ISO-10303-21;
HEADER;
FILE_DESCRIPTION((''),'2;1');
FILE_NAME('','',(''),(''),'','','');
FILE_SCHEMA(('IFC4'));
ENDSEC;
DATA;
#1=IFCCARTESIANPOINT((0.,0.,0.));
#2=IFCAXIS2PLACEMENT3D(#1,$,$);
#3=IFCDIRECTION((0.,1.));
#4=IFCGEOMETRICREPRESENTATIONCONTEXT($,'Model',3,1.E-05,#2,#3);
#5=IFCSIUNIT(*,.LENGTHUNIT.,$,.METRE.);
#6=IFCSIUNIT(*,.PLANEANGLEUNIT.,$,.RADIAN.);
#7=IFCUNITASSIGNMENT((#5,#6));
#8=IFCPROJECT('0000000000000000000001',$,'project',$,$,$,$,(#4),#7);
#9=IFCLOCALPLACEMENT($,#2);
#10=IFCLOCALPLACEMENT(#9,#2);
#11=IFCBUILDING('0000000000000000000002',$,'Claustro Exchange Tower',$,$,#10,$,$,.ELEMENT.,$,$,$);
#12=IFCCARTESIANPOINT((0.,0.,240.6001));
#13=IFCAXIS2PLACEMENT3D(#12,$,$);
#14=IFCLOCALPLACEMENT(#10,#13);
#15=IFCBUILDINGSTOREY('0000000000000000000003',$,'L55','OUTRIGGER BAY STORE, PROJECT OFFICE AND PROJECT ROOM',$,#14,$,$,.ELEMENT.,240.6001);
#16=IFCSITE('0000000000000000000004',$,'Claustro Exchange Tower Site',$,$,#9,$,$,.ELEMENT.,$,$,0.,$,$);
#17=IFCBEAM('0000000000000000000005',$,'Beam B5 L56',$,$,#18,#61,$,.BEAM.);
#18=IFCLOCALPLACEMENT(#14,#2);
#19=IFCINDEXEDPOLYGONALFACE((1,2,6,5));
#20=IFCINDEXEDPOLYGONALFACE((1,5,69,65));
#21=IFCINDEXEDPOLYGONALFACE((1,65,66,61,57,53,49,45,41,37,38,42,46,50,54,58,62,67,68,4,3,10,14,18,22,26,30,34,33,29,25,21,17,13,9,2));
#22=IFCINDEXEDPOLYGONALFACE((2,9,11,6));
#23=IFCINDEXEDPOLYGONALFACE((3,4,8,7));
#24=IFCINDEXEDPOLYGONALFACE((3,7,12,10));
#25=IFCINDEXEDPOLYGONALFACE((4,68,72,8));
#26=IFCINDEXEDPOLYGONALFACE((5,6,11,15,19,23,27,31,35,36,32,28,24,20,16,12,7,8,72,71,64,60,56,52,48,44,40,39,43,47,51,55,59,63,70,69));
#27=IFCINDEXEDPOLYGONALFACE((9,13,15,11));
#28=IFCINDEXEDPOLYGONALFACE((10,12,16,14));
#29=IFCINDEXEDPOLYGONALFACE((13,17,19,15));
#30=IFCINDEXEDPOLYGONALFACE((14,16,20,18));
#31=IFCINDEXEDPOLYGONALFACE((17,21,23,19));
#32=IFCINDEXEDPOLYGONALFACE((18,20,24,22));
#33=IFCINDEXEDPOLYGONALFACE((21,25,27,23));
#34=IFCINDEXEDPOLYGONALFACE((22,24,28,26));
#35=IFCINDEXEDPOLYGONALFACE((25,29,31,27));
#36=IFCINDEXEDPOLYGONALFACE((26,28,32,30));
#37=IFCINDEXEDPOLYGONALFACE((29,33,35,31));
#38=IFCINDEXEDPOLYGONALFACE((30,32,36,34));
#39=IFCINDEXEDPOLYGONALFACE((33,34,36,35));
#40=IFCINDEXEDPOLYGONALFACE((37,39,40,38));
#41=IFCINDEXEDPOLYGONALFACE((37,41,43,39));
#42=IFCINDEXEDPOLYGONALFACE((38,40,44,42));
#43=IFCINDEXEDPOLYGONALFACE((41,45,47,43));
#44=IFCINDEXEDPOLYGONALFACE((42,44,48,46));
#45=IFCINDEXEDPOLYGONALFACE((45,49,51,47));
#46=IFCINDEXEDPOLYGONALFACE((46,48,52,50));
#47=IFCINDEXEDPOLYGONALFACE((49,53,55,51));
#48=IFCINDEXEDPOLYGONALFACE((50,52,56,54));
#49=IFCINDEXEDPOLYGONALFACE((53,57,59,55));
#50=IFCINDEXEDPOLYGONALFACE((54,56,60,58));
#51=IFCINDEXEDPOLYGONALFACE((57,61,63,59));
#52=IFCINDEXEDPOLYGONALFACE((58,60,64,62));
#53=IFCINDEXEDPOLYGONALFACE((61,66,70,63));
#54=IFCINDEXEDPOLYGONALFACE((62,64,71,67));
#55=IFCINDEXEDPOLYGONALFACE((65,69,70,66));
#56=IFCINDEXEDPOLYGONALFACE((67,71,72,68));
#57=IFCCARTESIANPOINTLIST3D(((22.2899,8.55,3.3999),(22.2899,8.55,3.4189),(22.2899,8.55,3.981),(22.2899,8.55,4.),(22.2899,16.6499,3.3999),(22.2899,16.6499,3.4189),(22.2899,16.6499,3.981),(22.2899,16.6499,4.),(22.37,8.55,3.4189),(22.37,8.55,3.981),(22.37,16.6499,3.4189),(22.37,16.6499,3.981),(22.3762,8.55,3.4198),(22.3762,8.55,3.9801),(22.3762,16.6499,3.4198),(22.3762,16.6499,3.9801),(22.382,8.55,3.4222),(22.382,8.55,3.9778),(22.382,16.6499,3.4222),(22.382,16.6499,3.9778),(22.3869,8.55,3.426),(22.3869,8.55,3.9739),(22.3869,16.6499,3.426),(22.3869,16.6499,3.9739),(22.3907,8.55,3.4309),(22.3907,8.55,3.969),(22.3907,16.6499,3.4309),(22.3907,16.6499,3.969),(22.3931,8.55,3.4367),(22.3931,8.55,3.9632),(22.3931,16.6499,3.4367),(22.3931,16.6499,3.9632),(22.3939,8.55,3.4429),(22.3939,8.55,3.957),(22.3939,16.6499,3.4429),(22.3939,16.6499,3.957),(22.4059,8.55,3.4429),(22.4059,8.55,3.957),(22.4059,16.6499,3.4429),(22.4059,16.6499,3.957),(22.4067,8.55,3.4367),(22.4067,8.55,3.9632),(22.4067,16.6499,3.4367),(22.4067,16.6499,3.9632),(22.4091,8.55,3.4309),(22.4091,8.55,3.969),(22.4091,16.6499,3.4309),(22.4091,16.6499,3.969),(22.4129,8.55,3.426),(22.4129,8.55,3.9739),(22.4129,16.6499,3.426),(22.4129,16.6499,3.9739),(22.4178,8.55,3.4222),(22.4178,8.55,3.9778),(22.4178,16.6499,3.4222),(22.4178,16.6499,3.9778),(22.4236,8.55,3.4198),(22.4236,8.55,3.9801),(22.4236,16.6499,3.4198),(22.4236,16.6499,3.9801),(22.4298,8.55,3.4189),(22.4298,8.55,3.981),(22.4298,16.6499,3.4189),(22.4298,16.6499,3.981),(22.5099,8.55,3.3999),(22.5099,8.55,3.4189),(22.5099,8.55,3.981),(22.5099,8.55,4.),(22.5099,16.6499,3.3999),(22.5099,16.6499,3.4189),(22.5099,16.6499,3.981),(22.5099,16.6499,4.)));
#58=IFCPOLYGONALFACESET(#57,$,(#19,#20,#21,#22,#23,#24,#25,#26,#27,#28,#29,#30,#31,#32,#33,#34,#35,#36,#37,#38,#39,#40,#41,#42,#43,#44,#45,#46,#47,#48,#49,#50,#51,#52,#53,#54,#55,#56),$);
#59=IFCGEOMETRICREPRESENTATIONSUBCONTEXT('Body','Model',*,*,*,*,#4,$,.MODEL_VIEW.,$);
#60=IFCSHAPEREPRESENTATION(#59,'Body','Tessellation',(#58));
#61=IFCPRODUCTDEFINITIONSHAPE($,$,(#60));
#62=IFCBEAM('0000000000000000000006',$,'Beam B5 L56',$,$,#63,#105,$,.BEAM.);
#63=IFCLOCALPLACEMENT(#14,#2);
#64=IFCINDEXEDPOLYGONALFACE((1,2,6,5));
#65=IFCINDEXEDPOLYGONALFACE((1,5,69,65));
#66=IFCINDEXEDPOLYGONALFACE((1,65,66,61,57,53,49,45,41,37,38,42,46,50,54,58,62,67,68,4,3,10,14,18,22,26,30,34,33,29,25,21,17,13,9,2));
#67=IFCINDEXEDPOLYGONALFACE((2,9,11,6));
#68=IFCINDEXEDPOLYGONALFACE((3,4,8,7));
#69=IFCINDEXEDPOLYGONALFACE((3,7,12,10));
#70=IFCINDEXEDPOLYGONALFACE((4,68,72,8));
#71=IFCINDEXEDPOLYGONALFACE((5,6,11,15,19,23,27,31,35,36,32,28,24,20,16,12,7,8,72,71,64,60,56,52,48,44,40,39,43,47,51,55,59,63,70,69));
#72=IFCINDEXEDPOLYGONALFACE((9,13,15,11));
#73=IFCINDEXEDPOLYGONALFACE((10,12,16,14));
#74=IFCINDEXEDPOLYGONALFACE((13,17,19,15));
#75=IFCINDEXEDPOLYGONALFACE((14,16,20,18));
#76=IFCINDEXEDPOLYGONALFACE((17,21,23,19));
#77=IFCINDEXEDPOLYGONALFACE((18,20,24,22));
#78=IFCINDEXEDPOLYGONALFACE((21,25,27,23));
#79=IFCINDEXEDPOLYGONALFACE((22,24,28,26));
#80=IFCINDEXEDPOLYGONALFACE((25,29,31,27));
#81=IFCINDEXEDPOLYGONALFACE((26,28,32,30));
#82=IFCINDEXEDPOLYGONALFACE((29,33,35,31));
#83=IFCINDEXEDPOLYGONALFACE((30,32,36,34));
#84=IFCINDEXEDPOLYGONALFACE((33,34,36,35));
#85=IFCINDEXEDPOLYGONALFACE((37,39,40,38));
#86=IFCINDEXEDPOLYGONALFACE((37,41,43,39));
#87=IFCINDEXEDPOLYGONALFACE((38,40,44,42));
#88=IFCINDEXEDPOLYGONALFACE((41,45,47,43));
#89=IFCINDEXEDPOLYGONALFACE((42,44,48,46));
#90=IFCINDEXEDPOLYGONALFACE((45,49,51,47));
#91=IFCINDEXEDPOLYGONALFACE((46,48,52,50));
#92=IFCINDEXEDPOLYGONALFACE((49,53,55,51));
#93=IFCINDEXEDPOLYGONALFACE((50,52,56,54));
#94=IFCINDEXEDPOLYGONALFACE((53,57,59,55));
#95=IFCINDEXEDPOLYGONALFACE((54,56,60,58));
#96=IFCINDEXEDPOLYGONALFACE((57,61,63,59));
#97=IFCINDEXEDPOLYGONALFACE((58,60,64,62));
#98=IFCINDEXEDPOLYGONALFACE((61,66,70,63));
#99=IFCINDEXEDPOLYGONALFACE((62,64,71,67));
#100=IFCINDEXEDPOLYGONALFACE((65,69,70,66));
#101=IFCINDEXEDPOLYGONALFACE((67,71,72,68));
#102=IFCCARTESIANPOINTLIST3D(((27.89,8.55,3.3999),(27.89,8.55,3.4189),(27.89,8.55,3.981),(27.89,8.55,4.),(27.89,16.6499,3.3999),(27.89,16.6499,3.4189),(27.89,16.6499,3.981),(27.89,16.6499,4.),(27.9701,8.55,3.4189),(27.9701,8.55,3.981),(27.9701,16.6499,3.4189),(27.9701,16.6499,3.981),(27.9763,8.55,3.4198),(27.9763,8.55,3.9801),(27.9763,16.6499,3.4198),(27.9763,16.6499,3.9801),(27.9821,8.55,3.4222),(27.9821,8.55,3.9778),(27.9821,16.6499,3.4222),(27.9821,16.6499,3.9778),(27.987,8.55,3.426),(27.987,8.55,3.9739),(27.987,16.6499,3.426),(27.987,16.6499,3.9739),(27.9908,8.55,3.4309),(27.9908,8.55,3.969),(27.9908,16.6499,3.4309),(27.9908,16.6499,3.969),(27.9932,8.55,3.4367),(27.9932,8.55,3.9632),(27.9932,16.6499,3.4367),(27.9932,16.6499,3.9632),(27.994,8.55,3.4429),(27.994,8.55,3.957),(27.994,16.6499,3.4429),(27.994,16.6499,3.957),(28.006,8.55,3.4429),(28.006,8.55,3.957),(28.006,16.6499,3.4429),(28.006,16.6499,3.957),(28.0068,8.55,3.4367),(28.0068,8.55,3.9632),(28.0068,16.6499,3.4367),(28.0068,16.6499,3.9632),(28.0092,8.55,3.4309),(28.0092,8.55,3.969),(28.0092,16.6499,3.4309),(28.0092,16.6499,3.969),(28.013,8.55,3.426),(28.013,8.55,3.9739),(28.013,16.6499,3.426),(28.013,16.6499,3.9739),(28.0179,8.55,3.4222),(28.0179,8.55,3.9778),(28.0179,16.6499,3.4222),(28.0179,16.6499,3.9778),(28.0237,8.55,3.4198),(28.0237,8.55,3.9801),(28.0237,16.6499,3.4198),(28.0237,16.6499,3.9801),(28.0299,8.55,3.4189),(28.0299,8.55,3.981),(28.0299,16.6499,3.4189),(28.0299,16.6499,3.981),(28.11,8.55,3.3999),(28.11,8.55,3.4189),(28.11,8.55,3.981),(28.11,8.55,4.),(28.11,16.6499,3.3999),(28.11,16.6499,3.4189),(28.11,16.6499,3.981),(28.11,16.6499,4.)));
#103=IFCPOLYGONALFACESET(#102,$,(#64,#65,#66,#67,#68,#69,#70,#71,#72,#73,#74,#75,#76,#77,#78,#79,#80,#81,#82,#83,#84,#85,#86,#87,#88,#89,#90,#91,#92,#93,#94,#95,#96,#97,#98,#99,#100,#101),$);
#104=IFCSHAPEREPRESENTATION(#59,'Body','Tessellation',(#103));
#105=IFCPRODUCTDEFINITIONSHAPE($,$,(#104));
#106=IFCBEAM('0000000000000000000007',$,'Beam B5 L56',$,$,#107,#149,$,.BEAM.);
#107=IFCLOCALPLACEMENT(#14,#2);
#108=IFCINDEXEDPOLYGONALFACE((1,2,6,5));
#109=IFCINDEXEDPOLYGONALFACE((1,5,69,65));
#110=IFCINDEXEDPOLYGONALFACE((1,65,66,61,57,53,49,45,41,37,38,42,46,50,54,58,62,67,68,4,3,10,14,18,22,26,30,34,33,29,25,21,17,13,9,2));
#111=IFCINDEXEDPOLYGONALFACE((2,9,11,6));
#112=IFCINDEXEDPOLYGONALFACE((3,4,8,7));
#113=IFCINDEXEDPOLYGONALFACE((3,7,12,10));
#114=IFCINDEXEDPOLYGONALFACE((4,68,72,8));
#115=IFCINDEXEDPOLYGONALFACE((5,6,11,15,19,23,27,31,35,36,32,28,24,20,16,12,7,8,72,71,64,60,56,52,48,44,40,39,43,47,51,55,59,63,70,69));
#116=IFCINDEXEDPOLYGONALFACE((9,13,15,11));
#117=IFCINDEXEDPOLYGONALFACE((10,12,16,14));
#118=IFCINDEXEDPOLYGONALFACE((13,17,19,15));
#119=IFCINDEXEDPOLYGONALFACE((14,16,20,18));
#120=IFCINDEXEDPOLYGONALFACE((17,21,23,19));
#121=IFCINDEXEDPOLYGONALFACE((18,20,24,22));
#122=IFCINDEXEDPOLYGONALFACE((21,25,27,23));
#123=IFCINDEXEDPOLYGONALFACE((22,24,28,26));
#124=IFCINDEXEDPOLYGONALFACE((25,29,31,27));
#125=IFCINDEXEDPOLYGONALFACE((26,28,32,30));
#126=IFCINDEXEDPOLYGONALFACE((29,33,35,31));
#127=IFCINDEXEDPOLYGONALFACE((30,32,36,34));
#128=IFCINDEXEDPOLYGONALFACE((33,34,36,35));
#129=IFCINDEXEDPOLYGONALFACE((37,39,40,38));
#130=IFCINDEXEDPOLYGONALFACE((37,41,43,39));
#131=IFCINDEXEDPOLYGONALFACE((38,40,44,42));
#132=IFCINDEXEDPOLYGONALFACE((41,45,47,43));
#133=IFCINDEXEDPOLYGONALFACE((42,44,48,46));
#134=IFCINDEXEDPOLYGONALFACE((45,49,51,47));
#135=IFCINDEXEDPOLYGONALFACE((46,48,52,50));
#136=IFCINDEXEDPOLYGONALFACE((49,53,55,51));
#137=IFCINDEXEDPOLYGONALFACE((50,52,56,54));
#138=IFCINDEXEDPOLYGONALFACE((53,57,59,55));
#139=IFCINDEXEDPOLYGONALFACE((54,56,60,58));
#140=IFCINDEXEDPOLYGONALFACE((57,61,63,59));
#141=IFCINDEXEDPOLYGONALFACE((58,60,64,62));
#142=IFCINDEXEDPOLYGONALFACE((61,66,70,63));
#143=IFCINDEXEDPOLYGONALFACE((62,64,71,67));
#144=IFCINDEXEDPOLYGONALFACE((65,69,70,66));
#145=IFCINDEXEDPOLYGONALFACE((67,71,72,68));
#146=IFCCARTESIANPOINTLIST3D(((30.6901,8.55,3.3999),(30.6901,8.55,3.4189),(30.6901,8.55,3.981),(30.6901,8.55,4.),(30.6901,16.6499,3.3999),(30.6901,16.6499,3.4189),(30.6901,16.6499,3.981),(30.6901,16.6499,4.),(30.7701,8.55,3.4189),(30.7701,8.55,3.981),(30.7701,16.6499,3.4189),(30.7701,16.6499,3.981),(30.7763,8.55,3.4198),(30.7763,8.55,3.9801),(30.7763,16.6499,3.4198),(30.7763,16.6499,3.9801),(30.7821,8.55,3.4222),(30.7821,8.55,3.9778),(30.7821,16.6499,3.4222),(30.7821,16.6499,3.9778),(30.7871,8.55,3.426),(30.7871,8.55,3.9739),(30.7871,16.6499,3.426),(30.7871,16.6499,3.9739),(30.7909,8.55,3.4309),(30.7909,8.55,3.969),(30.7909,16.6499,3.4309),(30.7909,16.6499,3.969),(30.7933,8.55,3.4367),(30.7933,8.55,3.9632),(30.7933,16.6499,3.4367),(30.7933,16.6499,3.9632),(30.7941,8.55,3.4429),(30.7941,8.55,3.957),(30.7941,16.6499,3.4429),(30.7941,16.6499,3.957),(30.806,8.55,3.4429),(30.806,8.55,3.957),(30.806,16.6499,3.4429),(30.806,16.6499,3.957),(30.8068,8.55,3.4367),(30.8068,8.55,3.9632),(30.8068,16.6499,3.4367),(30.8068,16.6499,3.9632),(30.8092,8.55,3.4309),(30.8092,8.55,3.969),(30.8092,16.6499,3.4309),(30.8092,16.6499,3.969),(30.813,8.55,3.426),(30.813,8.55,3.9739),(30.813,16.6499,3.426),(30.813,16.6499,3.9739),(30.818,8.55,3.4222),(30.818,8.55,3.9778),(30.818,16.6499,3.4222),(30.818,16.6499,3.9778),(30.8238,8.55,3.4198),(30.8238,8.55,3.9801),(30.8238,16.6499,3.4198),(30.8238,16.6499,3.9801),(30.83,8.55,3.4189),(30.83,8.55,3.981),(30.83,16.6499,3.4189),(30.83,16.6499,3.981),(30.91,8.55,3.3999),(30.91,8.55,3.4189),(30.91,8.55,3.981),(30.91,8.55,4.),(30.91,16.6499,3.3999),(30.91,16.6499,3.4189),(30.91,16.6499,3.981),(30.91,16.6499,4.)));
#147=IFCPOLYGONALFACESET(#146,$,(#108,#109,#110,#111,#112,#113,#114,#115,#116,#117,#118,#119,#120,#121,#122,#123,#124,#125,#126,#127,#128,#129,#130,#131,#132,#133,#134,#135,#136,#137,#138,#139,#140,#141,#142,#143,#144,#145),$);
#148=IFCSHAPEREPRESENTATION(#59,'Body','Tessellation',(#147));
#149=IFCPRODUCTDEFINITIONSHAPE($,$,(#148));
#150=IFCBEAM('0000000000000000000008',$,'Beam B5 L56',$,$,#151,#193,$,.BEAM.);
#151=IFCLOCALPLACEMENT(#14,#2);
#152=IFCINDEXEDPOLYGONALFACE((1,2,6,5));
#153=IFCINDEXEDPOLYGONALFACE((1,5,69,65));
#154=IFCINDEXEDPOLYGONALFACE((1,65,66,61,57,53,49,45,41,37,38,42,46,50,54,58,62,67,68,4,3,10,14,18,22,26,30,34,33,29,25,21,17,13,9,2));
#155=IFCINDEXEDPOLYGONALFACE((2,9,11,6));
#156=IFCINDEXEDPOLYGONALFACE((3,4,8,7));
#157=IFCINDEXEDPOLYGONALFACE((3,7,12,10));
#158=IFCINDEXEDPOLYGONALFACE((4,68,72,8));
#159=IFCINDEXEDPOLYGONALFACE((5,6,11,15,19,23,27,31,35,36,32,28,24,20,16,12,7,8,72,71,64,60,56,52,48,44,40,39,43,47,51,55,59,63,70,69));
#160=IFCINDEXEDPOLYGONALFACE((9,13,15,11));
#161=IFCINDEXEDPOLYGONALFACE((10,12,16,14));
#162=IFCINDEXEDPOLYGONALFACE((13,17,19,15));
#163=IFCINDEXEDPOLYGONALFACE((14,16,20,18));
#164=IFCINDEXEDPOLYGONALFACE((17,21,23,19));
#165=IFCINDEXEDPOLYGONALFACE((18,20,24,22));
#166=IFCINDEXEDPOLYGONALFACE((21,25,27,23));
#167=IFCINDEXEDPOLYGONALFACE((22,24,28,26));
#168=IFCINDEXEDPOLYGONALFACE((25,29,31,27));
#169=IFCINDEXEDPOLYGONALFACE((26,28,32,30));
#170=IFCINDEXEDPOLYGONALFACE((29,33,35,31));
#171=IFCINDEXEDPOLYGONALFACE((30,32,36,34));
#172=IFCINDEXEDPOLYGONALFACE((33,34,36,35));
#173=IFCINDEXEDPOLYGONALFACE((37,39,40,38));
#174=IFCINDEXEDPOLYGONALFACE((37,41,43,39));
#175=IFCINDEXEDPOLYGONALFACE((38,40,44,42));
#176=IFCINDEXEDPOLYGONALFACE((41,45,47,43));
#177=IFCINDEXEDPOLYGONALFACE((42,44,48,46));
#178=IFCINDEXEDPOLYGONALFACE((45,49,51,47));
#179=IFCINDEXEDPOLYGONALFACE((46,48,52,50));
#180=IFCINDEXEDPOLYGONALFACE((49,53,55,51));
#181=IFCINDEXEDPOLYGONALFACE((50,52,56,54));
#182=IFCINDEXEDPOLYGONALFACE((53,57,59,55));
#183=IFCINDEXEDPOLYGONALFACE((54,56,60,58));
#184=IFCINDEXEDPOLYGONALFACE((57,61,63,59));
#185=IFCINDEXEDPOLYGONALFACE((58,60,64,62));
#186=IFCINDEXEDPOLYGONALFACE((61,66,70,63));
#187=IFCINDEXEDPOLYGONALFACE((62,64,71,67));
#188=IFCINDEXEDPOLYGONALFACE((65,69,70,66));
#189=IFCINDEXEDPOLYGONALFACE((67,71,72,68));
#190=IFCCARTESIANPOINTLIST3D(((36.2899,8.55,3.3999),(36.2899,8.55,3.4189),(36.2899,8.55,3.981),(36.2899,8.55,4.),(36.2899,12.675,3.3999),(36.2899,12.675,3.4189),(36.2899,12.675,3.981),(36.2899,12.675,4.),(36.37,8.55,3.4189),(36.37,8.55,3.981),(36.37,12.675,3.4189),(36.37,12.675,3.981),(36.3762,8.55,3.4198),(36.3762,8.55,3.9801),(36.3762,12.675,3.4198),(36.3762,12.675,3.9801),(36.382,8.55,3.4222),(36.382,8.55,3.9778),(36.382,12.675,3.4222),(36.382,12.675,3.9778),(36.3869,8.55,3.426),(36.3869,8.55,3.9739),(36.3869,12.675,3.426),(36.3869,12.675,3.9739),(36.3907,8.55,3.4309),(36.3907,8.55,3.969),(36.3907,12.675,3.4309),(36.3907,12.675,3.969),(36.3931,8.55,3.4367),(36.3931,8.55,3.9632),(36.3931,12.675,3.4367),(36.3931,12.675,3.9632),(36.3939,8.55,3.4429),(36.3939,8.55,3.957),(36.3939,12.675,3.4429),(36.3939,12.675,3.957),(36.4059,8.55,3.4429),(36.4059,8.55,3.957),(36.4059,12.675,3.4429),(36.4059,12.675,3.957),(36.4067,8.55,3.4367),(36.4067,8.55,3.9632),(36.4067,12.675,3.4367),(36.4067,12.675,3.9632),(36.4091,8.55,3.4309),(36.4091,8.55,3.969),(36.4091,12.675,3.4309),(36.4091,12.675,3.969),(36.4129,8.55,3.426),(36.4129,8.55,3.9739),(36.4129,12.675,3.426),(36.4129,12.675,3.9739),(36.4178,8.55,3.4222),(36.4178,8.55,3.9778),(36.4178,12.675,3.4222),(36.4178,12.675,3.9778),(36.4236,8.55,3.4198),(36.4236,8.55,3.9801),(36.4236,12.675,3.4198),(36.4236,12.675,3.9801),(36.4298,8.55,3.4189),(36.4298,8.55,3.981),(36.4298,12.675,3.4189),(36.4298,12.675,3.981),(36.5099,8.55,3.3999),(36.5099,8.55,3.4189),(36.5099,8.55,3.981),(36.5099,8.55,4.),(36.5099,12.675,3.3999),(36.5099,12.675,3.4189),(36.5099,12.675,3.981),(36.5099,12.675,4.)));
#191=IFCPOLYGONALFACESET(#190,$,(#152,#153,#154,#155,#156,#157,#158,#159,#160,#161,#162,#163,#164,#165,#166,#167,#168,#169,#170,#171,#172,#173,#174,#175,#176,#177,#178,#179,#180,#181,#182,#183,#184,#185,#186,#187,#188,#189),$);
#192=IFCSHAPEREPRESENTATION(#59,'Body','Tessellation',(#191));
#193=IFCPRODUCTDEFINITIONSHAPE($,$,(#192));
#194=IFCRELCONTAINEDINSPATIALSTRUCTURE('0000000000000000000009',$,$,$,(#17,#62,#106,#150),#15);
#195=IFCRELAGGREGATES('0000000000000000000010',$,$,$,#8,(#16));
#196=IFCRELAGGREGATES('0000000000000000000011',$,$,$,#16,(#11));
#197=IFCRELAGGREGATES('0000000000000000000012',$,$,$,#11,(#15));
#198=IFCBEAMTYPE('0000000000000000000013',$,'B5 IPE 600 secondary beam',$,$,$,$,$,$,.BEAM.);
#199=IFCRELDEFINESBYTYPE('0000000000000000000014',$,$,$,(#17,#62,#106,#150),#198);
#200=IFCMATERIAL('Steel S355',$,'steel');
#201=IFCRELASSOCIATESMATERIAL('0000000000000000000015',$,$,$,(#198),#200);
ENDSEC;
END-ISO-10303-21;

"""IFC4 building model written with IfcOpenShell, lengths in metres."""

from ifc_helpers import new_model, si_unit, direction, frame, origin, origin_2d, place, context, subcontext, project, spatial, i_section, extrude, material, material_profile, profile_set, type_object, element, save


model = new_model("IFC4")

# Units and contexts
model_context = context("Model", 3, precision=1e-05, world=origin(), true_north=direction((0.0, 1.0)))
body_context = subcontext(model_context, "Body", "Model", "MODEL_VIEW")
ifc_project = project(units=[si_unit("LENGTHUNIT", "METRE"), si_unit("PLANEANGLEUNIT", "RADIAN")], contexts=[model_context])

# Site, building, storey
site_placement = place(None, origin())
site = spatial("IfcSite", under=ifc_project, at=site_placement, Name="Claustro Exchange Tower Site", CompositionType="ELEMENT", RefElevation=0.0)
building_placement = place(site_placement, origin())
building = spatial("IfcBuilding", under=site, at=building_placement, Name="Claustro Exchange Tower", CompositionType="ELEMENT")
storey_placement = place(building_placement, frame((0.0, 0.0, 240.6001)))
storey = spatial("IfcBuildingStorey", under=building, at=storey_placement, Name="L55", Description="OUTRIGGER BAY STORE, PROJECT OFFICE AND PROJECT ROOM", CompositionType="ELEMENT", Elevation=240.6001)

# Beams
ifc_material_1 = material(Name="Steel S355", Category="steel")
ifc_material_profile_1 = material_profile(ifc_material_1, i_section(OverallWidth=0.22, OverallDepth=0.6001, WebThickness=0.012, FlangeThickness=0.019, FilletRadius=0.0239, at=origin_2d()), Name="IPE 600")
ifc_profile_set_1 = profile_set([ifc_material_profile_1], Name="Steel S355")
beam_type_1 = type_object("IfcBeamType", Name="B5 IPE 600 secondary beam", PredefinedType="BEAM", material=ifc_profile_set_1)
for number, where, z_axis, x_axis, name in (
    (1, (22.3999, 8.55, 3.7), (0.0, 1.0, 0.0), (-1.0, 0.0, 0.0), "Beam B5 L56"),
    (2, (28.0, 8.55, 3.7), (0.0, 1.0, 0.0), (-1.0, 0.0, 0.0), "Beam B5 L56"),
    (3, (30.8, 8.55, 3.7), (0.0, 1.0, 0.0), (-1.0, 0.0, 0.0), "Beam B5 L56"),
):
    element("IfcBeam", number, at=place(storey_placement, frame(where, z_axis=z_axis, x_axis=x_axis)), inside=storey, type_object=beam_type_1, Name=name, PredefinedType="BEAM", context=body_context, shape_type="SweptSolid", body=[
        extrude(i_section(OverallWidth=0.22, OverallDepth=0.6001, WebThickness=0.012, FlangeThickness=0.019, FilletRadius=0.0239, at=origin_2d()), origin(), (0.0, 0.0, 1.0), 8.0999),
    ])
for number, where, z_axis, x_axis, name in (
    (4, (36.3999, 8.55, 3.7), (0.0, 1.0, 0.0), (-1.0, 0.0, 0.0), "Beam B5 L56"),
):
    element("IfcBeam", number, at=place(storey_placement, frame(where, z_axis=z_axis, x_axis=x_axis)), inside=storey, type_object=beam_type_1, Name=name, PredefinedType="BEAM", context=body_context, shape_type="SweptSolid", body=[
        extrude(i_section(OverallWidth=0.22, OverallDepth=0.6001, WebThickness=0.012, FlangeThickness=0.019, FilletRadius=0.0239, at=origin_2d()), origin(), (0.0, 0.0, 1.0), 4.125),
    ])

save(model, "model.ifc")
